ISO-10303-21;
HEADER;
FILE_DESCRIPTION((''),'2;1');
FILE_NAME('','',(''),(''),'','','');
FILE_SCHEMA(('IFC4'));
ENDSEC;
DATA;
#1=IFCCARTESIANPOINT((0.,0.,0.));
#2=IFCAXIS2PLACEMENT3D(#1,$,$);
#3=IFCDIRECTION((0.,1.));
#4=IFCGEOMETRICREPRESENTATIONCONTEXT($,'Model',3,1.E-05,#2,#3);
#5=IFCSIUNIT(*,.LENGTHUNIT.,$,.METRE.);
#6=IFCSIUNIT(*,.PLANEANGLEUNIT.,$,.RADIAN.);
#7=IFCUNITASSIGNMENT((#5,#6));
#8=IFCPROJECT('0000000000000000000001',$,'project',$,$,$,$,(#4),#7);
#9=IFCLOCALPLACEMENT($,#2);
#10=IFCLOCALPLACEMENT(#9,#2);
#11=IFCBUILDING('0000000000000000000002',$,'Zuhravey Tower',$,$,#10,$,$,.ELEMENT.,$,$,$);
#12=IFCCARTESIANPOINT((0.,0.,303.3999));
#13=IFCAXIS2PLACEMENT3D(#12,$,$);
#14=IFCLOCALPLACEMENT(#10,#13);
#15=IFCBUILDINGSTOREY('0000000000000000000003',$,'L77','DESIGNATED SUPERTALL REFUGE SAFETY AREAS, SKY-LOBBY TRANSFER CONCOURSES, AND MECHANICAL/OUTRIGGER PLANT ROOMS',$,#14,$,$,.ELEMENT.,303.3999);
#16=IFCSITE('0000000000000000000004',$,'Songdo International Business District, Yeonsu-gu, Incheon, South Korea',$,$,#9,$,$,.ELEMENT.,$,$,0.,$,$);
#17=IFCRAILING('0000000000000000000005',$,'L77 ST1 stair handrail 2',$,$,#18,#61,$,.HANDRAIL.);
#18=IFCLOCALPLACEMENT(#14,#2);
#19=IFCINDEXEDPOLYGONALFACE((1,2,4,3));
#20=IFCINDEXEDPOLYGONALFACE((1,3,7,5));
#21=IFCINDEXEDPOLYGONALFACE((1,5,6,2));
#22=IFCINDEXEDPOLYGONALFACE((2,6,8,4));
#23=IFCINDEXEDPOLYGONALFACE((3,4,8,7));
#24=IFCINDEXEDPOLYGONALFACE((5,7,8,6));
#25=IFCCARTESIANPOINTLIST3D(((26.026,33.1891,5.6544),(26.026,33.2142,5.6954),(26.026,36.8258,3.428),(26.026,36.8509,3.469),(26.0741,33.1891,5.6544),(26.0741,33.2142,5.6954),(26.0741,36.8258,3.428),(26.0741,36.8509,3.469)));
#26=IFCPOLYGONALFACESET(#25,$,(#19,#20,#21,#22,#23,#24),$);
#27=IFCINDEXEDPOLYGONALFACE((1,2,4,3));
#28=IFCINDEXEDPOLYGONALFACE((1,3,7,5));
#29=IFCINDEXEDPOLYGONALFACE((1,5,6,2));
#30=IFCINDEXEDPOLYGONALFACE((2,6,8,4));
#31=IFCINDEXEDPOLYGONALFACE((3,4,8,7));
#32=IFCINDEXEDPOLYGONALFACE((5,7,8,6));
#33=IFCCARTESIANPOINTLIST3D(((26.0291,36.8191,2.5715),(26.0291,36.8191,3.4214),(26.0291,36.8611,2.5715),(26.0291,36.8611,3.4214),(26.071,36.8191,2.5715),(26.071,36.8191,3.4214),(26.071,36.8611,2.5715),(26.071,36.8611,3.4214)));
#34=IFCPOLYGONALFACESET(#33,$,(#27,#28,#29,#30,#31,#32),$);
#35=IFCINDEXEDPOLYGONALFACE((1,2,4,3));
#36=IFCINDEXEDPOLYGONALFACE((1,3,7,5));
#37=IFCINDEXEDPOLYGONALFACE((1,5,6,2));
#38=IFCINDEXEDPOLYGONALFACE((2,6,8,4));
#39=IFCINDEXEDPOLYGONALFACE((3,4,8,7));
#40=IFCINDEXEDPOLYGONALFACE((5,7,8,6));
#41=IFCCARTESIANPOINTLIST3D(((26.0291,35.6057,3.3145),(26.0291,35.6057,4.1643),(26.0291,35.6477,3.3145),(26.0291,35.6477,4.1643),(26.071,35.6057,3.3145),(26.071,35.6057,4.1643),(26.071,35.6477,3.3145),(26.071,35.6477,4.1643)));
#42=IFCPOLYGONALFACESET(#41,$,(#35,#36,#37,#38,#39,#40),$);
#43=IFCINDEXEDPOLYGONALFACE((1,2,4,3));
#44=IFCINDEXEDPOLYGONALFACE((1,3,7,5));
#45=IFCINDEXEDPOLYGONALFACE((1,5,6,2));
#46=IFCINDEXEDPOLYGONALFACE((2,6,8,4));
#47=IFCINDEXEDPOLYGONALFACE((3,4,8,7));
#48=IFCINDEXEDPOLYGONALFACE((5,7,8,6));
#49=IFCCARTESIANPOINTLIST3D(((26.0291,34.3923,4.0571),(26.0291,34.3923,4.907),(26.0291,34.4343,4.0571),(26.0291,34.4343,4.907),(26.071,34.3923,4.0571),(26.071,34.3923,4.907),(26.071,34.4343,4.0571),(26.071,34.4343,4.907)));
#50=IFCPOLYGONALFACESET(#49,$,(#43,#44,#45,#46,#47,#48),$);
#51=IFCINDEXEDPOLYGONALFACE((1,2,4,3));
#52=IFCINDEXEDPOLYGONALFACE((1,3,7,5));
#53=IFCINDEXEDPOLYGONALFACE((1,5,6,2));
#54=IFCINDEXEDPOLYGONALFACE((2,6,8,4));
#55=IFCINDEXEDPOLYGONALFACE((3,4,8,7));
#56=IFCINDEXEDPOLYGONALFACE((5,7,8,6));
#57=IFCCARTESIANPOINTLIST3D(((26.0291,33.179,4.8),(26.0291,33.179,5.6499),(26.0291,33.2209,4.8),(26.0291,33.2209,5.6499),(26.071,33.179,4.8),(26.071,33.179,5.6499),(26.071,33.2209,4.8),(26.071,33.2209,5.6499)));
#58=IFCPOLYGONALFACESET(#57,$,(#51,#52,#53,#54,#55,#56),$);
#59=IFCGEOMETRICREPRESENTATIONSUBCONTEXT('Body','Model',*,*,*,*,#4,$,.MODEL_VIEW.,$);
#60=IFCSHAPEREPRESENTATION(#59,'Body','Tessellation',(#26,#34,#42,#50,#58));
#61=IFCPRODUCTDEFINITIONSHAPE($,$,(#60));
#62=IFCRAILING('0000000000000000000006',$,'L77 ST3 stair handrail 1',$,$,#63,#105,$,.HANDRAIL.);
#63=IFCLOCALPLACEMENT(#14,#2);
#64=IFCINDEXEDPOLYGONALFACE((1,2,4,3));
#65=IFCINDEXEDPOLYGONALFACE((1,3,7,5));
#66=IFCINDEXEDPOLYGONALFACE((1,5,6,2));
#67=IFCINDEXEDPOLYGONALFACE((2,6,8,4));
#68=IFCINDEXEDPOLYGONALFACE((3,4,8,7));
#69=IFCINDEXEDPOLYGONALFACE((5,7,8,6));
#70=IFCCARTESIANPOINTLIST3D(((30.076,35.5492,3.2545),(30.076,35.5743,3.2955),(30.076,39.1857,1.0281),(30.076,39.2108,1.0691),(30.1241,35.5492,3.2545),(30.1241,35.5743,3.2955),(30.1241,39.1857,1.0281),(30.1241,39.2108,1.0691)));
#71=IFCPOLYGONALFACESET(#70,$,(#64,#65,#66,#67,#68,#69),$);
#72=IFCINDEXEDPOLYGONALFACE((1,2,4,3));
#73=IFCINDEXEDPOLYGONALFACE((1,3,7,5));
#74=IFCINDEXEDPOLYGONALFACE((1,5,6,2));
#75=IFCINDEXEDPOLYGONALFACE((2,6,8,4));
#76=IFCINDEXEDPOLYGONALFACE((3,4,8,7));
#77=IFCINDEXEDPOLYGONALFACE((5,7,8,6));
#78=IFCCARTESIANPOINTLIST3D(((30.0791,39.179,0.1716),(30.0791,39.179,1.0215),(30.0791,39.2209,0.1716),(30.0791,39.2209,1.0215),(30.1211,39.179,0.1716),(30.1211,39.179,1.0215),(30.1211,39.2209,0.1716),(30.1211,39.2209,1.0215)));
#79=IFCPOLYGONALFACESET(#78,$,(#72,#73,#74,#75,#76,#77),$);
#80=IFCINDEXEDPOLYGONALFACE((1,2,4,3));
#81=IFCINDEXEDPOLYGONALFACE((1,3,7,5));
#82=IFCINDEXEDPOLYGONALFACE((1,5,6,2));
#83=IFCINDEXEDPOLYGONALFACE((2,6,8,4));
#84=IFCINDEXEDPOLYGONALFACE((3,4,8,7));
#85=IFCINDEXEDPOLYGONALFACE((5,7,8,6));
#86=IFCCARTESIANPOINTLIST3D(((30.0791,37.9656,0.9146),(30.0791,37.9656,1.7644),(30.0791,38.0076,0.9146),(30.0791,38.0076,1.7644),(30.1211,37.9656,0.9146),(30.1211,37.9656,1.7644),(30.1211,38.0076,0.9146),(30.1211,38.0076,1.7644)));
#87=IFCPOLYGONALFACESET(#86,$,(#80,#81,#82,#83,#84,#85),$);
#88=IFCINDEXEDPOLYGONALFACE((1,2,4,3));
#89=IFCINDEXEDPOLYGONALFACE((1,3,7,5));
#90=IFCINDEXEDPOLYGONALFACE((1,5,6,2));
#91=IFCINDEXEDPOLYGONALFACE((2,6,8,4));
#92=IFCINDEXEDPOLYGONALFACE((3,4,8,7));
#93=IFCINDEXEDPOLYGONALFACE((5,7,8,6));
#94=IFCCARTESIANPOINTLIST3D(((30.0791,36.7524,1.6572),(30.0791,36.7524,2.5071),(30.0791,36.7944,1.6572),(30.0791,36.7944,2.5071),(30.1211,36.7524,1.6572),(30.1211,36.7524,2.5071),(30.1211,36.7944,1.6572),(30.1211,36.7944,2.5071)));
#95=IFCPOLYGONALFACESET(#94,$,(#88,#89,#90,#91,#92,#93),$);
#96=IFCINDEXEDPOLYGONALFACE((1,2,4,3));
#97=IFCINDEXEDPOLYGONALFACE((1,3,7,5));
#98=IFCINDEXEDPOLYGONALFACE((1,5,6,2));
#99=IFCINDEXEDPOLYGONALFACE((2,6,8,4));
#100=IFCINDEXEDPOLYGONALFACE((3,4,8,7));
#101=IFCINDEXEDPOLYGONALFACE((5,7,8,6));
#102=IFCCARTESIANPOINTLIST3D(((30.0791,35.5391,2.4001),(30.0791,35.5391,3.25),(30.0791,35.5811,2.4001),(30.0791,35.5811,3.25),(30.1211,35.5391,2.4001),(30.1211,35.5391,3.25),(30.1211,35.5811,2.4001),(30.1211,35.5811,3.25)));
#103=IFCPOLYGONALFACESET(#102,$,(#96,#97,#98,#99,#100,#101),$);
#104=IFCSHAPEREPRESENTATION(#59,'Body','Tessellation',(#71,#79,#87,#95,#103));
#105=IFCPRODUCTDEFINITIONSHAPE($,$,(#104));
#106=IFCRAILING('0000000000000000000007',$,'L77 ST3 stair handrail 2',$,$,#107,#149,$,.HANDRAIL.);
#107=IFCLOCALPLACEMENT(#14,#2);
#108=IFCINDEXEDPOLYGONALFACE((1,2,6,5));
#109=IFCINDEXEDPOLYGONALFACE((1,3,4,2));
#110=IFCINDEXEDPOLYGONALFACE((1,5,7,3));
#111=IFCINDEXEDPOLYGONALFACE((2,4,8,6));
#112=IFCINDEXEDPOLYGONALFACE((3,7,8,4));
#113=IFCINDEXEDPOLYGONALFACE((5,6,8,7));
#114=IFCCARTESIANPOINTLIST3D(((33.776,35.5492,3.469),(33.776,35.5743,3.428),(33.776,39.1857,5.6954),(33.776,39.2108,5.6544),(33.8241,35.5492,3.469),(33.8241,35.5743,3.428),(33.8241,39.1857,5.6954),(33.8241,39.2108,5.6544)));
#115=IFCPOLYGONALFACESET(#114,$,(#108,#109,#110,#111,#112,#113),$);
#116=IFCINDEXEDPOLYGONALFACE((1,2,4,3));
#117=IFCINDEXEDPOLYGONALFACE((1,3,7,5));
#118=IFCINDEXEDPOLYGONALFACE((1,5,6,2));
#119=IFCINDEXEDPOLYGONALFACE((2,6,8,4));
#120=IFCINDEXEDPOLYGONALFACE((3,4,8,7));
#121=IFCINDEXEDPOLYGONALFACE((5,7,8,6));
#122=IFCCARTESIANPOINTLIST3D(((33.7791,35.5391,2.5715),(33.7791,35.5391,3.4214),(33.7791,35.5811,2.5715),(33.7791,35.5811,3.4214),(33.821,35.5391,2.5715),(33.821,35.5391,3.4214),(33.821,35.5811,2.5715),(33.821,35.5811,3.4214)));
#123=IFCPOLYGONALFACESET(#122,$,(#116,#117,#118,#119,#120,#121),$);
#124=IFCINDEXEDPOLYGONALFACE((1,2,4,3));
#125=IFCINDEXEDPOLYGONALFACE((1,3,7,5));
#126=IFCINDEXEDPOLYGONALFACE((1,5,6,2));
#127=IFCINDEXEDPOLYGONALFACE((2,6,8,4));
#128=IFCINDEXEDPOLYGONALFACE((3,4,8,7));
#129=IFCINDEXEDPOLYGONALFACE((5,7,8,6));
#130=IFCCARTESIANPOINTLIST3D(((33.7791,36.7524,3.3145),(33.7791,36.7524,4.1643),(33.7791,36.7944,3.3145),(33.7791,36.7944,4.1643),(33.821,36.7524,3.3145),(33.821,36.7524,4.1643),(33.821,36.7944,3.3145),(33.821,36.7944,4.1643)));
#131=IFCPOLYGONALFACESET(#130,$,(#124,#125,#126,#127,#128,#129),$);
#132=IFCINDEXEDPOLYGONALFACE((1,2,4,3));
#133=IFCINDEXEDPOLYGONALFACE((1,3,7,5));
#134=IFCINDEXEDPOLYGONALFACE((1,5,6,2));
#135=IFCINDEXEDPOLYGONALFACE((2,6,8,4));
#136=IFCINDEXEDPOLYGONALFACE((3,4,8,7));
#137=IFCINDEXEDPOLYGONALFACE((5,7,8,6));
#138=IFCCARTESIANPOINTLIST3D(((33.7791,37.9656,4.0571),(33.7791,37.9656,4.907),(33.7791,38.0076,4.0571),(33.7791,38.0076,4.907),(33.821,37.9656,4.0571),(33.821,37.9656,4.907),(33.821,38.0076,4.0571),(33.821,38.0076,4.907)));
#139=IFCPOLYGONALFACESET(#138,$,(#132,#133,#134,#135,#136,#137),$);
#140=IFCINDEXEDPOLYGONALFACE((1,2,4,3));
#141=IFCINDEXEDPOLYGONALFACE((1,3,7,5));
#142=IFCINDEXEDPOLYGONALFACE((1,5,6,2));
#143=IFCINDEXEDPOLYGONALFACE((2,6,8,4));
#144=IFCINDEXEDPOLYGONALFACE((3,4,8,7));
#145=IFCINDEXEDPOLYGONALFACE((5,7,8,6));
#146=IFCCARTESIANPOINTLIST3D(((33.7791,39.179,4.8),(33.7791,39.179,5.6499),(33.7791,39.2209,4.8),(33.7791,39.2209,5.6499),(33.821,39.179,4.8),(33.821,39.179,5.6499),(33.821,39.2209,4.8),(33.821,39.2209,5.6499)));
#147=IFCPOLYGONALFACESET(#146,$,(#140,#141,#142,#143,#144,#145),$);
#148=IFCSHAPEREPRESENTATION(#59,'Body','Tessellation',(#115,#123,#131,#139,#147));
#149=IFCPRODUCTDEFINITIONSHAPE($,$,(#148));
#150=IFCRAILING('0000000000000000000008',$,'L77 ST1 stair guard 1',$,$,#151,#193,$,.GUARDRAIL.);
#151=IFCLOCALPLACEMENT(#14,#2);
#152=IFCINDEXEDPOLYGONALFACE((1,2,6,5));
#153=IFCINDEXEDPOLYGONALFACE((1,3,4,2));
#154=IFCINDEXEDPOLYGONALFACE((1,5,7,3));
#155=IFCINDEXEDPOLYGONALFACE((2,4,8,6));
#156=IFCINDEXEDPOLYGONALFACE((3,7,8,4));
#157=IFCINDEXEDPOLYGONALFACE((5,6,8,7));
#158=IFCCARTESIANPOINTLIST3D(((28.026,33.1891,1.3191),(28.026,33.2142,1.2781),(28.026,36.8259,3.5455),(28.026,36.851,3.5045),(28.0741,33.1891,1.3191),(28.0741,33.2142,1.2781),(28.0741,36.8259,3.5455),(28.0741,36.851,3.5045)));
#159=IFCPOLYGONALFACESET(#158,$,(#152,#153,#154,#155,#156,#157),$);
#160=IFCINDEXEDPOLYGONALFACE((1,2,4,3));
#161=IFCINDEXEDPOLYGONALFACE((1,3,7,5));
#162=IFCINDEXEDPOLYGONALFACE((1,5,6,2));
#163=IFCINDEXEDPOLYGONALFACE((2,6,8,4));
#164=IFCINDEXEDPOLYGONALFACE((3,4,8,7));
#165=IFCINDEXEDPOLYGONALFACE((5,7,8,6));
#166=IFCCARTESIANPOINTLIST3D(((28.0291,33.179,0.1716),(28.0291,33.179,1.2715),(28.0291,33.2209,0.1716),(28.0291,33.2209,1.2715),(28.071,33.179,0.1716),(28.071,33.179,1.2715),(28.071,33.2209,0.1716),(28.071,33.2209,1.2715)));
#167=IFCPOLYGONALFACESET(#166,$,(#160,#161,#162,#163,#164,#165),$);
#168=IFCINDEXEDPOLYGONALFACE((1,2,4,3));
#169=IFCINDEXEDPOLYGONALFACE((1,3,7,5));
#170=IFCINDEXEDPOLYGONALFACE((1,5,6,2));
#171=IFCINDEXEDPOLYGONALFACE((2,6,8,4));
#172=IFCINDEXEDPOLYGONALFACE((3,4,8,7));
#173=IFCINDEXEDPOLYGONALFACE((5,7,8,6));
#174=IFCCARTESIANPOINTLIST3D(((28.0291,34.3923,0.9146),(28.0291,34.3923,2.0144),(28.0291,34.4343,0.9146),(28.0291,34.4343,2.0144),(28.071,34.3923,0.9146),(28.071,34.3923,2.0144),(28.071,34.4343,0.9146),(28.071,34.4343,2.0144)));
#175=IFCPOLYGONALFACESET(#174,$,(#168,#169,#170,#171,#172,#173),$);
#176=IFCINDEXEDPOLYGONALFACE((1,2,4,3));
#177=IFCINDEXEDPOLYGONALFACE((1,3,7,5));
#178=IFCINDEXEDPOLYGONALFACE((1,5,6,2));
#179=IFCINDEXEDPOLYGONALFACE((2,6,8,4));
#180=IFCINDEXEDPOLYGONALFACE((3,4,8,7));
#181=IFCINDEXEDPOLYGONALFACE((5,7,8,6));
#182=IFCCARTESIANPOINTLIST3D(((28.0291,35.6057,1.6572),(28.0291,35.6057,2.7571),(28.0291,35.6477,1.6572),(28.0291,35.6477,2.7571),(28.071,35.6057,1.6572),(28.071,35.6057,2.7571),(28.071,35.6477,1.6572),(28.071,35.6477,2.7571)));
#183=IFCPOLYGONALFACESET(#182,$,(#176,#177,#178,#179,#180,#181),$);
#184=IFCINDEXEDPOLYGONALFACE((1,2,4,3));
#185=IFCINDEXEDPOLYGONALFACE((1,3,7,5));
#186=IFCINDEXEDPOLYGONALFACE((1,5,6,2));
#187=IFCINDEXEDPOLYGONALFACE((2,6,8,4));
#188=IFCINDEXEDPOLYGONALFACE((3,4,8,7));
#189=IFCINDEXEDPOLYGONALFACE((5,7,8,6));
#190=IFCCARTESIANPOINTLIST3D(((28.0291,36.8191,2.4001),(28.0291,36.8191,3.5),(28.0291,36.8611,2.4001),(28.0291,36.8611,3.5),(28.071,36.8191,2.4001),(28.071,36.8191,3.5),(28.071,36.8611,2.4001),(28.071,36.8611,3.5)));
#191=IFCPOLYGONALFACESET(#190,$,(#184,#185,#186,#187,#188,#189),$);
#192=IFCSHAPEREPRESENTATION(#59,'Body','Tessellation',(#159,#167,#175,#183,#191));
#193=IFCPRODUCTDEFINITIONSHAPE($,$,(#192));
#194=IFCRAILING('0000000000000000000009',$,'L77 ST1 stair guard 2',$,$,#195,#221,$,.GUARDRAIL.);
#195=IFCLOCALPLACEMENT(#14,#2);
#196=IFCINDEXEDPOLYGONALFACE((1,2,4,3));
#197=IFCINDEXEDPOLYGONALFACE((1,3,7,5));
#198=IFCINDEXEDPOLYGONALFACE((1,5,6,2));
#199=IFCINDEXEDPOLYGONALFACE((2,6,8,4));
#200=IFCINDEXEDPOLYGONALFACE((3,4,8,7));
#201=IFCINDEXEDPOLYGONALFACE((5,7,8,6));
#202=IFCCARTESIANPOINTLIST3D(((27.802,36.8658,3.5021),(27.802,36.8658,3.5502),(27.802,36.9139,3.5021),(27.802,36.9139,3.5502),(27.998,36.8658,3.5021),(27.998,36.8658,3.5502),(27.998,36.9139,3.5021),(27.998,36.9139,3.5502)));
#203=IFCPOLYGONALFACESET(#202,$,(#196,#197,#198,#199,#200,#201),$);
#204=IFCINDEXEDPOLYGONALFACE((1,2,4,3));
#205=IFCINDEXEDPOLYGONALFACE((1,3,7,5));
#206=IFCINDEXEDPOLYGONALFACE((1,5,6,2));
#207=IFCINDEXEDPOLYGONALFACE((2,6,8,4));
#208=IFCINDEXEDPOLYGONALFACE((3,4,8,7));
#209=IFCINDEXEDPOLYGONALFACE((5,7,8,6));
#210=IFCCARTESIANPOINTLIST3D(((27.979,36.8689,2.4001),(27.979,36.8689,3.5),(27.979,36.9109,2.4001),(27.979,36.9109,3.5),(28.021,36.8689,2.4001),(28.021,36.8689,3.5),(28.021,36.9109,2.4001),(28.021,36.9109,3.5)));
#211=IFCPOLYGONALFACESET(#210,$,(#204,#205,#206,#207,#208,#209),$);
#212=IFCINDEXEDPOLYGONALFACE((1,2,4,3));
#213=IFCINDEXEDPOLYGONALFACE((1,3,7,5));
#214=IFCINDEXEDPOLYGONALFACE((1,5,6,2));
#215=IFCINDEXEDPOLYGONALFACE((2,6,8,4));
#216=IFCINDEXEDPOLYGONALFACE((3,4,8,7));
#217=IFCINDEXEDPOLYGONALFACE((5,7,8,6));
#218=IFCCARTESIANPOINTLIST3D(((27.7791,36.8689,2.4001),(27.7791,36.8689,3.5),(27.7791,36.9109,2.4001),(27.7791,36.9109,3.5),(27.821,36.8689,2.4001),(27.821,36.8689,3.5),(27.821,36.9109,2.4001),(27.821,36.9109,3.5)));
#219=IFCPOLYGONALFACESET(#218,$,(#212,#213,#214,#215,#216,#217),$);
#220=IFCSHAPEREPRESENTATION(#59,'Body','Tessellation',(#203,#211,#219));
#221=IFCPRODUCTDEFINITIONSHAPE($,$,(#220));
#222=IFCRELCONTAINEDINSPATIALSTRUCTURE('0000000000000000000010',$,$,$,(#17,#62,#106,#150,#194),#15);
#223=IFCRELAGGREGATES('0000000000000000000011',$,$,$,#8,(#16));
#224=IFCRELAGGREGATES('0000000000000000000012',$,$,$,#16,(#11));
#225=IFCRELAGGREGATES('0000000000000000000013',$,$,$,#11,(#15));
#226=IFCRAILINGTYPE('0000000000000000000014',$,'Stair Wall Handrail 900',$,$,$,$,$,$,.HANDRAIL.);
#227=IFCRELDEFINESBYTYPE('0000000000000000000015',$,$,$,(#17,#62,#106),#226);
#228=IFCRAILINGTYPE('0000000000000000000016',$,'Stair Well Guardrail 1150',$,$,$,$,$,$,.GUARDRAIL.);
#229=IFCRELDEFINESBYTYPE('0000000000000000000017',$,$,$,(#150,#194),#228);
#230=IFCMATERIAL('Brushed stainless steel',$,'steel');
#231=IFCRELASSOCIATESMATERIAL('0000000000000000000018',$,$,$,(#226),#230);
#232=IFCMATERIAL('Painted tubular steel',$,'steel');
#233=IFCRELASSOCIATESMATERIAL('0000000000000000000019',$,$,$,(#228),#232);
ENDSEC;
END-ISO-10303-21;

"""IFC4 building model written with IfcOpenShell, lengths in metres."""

from ifc_helpers import new_model, si_unit, direction, frame, origin, origin_2d, place, context, subcontext, project, spatial, rectangle, extrude, material, type_object, element, save


model = new_model("IFC4")

# Units and contexts
model_context = context("Model", 3, precision=1e-05, world=origin(), true_north=direction((0.0, 1.0)))
body_context = subcontext(model_context, "Body", "Model", "MODEL_VIEW")
ifc_project = project(units=[si_unit("LENGTHUNIT", "METRE"), si_unit("PLANEANGLEUNIT", "RADIAN")], contexts=[model_context])

# Site, building, storey
site_placement = place(None, origin())
site = spatial("IfcSite", under=ifc_project, at=site_placement, Name="Songdo International Business District, Yeonsu-gu, Incheon, South Korea", CompositionType="ELEMENT", RefElevation=0.0)
building_placement = place(site_placement, origin())
building = spatial("IfcBuilding", under=site, at=building_placement, Name="Zuhravey Tower", CompositionType="ELEMENT")
storey_placement = place(building_placement, frame((0.0, 0.0, 303.3999)))
storey = spatial("IfcBuildingStorey", under=building, at=storey_placement, Name="L77", Description="DESIGNATED SUPERTALL REFUGE SAFETY AREAS, SKY-LOBBY TRANSFER CONCOURSES, AND MECHANICAL/OUTRIGGER PLANT ROOMS", CompositionType="ELEMENT", Elevation=303.3999)

# Railings
ifc_material_1 = material(Name="Brushed stainless steel", Category="steel")
railing_type_1 = type_object("IfcRailingType", Name="Stair Wall Handrail 900", PredefinedType="HANDRAIL", material=ifc_material_1)
railing_1_placement = place(storey_placement, frame((26.05, 36.8401, 2.5715)))
element("IfcRailing", 1, at=railing_1_placement, inside=storey, type_object=railing_type_1, Name="L77 ST1 stair handrail 2", PredefinedType="HANDRAIL", context=body_context, shape_type="SweptSolid", body=[
    extrude(rectangle(XDim=0.0481, YDim=0.0481, at=origin_2d()), frame((0.0, -0.0017, 0.877), z_axis=(0.0, -0.852866, 0.52213), x_axis=(1.0, 0.0, 0.0)), (0.0, 0.0, 1.0), 4.2642),
    extrude(rectangle(XDim=0.042, YDim=0.042, at=origin_2d()), origin(), (0.0, 0.0, 1.0), 0.8499),
    extrude(rectangle(XDim=0.042, YDim=0.042, at=origin_2d()), frame((0.0, -1.2134, 0.7429)), (0.0, 0.0, 1.0), 0.8499),
    extrude(rectangle(XDim=0.042, YDim=0.042, at=origin_2d()), frame((0.0, -2.4268, 1.4856)), (0.0, 0.0, 1.0), 0.8499),
    extrude(rectangle(XDim=0.042, YDim=0.042, at=origin_2d()), frame((0.0, -3.6401, 2.2285)), (0.0, 0.0, 1.0), 0.8499),
])
railing_2_placement = place(storey_placement, frame((30.1001, 39.2, 0.1716)))
element("IfcRailing", 2, at=railing_2_placement, inside=storey, type_object=railing_type_1, Name="L77 ST3 stair handrail 1", PredefinedType="HANDRAIL", context=body_context, shape_type="SweptSolid", body=[
    extrude(rectangle(XDim=0.0481, YDim=0.0481, at=origin_2d()), frame((0.0, -0.0017, 0.877), z_axis=(0.0, -0.85285, 0.522156), x_axis=(1.0, 0.0, 0.0)), (0.0, 0.0, 1.0), 4.2639),
    extrude(rectangle(XDim=0.042, YDim=0.042, at=origin_2d()), origin(), (0.0, 0.0, 1.0), 0.8499),
    extrude(rectangle(XDim=0.042, YDim=0.042, at=origin_2d()), frame((0.0, -1.2134, 0.7429)), (0.0, 0.0, 1.0), 0.8499),
    extrude(rectangle(XDim=0.042, YDim=0.042, at=origin_2d()), frame((0.0, -2.4265, 1.4856)), (0.0, 0.0, 1.0), 0.8499),
    extrude(rectangle(XDim=0.042, YDim=0.042, at=origin_2d()), frame((0.0, -3.6399, 2.2285)), (0.0, 0.0, 1.0), 0.8499),
])
railing_3_placement = place(storey_placement, frame((33.8, 35.5601, 2.5715)))
element("IfcRailing", 3, at=railing_3_placement, inside=storey, type_object=railing_type_1, Name="L77 ST3 stair handrail 2", PredefinedType="HANDRAIL", context=body_context, shape_type="SweptSolid", body=[
    extrude(rectangle(XDim=0.0481, YDim=0.0481, at=origin_2d()), frame((0.0, 0.0017, 0.877), z_axis=(0.0, 0.85285, 0.522156), x_axis=(-1.0, 0.0, 0.0)), (0.0, 0.0, 1.0), 4.2639),
    extrude(rectangle(XDim=0.042, YDim=0.042, at=origin_2d()), origin(), (0.0, 0.0, 1.0), 0.8499),
    extrude(rectangle(XDim=0.042, YDim=0.042, at=origin_2d()), frame((0.0, 1.2134, 0.7429)), (0.0, 0.0, 1.0), 0.8499),
    extrude(rectangle(XDim=0.042, YDim=0.042, at=origin_2d()), frame((0.0, 2.4265, 1.4856)), (0.0, 0.0, 1.0), 0.8499),
    extrude(rectangle(XDim=0.042, YDim=0.042, at=origin_2d()), frame((0.0, 3.6399, 2.2285)), (0.0, 0.0, 1.0), 0.8499),
])
ifc_material_2 = material(Name="Painted tubular steel", Category="steel")
railing_type_2 = type_object("IfcRailingType", Name="Stair Well Guardrail 1150", PredefinedType="GUARDRAIL", material=ifc_material_2)
railing_4_placement = place(storey_placement, frame((28.05, 33.2, 0.1716)))
element("IfcRailing", 4, at=railing_4_placement, inside=storey, type_object=railing_type_2, Name="L77 ST1 stair guard 1", PredefinedType="GUARDRAIL", context=body_context, shape_type="SweptSolid", body=[
    extrude(rectangle(XDim=0.0481, YDim=0.0481, at=origin_2d()), frame((0.0, 0.0017, 1.127), z_axis=(0.0, 0.852866, 0.52213), x_axis=(-1.0, 0.0, 0.0)), (0.0, 0.0, 1.0), 4.2642),
    extrude(rectangle(XDim=0.042, YDim=0.042, at=origin_2d()), origin(), (0.0, 0.0, 1.0), 1.0999),
    extrude(rectangle(XDim=0.042, YDim=0.042, at=origin_2d()), frame((0.0, 1.2134, 0.7429)), (0.0, 0.0, 1.0), 1.0999),
    extrude(rectangle(XDim=0.042, YDim=0.042, at=origin_2d()), frame((0.0, 2.4268, 1.4856)), (0.0, 0.0, 1.0), 1.0999),
    extrude(rectangle(XDim=0.042, YDim=0.042, at=origin_2d()), frame((0.0, 3.6401, 2.2285)), (0.0, 0.0, 1.0), 1.0999),
])
railing_5_placement = place(storey_placement, frame((28.0, 36.8899, 2.4001)))
element("IfcRailing", 5, at=railing_5_placement, inside=storey, type_object=railing_type_2, Name="L77 ST1 stair guard 2", PredefinedType="GUARDRAIL", context=body_context, shape_type="SweptSolid", body=[
    extrude(rectangle(XDim=0.0481, YDim=0.0481, at=origin_2d()), frame((-0.002, 0.0, 1.126), z_axis=(-1.0, 0.0, 0.0), x_axis=(0.0, -1.0, 0.0)), (0.0, 0.0, 1.0), 0.196),
    extrude(rectangle(XDim=0.042, YDim=0.042, at=origin_2d()), origin(), (0.0, 0.0, 1.0), 1.0999),
    extrude(rectangle(XDim=0.042, YDim=0.042, at=origin_2d()), frame((-0.2, 0.0, 0.0)), (0.0, 0.0, 1.0), 1.0999),
])

save(model, "model.ifc")
